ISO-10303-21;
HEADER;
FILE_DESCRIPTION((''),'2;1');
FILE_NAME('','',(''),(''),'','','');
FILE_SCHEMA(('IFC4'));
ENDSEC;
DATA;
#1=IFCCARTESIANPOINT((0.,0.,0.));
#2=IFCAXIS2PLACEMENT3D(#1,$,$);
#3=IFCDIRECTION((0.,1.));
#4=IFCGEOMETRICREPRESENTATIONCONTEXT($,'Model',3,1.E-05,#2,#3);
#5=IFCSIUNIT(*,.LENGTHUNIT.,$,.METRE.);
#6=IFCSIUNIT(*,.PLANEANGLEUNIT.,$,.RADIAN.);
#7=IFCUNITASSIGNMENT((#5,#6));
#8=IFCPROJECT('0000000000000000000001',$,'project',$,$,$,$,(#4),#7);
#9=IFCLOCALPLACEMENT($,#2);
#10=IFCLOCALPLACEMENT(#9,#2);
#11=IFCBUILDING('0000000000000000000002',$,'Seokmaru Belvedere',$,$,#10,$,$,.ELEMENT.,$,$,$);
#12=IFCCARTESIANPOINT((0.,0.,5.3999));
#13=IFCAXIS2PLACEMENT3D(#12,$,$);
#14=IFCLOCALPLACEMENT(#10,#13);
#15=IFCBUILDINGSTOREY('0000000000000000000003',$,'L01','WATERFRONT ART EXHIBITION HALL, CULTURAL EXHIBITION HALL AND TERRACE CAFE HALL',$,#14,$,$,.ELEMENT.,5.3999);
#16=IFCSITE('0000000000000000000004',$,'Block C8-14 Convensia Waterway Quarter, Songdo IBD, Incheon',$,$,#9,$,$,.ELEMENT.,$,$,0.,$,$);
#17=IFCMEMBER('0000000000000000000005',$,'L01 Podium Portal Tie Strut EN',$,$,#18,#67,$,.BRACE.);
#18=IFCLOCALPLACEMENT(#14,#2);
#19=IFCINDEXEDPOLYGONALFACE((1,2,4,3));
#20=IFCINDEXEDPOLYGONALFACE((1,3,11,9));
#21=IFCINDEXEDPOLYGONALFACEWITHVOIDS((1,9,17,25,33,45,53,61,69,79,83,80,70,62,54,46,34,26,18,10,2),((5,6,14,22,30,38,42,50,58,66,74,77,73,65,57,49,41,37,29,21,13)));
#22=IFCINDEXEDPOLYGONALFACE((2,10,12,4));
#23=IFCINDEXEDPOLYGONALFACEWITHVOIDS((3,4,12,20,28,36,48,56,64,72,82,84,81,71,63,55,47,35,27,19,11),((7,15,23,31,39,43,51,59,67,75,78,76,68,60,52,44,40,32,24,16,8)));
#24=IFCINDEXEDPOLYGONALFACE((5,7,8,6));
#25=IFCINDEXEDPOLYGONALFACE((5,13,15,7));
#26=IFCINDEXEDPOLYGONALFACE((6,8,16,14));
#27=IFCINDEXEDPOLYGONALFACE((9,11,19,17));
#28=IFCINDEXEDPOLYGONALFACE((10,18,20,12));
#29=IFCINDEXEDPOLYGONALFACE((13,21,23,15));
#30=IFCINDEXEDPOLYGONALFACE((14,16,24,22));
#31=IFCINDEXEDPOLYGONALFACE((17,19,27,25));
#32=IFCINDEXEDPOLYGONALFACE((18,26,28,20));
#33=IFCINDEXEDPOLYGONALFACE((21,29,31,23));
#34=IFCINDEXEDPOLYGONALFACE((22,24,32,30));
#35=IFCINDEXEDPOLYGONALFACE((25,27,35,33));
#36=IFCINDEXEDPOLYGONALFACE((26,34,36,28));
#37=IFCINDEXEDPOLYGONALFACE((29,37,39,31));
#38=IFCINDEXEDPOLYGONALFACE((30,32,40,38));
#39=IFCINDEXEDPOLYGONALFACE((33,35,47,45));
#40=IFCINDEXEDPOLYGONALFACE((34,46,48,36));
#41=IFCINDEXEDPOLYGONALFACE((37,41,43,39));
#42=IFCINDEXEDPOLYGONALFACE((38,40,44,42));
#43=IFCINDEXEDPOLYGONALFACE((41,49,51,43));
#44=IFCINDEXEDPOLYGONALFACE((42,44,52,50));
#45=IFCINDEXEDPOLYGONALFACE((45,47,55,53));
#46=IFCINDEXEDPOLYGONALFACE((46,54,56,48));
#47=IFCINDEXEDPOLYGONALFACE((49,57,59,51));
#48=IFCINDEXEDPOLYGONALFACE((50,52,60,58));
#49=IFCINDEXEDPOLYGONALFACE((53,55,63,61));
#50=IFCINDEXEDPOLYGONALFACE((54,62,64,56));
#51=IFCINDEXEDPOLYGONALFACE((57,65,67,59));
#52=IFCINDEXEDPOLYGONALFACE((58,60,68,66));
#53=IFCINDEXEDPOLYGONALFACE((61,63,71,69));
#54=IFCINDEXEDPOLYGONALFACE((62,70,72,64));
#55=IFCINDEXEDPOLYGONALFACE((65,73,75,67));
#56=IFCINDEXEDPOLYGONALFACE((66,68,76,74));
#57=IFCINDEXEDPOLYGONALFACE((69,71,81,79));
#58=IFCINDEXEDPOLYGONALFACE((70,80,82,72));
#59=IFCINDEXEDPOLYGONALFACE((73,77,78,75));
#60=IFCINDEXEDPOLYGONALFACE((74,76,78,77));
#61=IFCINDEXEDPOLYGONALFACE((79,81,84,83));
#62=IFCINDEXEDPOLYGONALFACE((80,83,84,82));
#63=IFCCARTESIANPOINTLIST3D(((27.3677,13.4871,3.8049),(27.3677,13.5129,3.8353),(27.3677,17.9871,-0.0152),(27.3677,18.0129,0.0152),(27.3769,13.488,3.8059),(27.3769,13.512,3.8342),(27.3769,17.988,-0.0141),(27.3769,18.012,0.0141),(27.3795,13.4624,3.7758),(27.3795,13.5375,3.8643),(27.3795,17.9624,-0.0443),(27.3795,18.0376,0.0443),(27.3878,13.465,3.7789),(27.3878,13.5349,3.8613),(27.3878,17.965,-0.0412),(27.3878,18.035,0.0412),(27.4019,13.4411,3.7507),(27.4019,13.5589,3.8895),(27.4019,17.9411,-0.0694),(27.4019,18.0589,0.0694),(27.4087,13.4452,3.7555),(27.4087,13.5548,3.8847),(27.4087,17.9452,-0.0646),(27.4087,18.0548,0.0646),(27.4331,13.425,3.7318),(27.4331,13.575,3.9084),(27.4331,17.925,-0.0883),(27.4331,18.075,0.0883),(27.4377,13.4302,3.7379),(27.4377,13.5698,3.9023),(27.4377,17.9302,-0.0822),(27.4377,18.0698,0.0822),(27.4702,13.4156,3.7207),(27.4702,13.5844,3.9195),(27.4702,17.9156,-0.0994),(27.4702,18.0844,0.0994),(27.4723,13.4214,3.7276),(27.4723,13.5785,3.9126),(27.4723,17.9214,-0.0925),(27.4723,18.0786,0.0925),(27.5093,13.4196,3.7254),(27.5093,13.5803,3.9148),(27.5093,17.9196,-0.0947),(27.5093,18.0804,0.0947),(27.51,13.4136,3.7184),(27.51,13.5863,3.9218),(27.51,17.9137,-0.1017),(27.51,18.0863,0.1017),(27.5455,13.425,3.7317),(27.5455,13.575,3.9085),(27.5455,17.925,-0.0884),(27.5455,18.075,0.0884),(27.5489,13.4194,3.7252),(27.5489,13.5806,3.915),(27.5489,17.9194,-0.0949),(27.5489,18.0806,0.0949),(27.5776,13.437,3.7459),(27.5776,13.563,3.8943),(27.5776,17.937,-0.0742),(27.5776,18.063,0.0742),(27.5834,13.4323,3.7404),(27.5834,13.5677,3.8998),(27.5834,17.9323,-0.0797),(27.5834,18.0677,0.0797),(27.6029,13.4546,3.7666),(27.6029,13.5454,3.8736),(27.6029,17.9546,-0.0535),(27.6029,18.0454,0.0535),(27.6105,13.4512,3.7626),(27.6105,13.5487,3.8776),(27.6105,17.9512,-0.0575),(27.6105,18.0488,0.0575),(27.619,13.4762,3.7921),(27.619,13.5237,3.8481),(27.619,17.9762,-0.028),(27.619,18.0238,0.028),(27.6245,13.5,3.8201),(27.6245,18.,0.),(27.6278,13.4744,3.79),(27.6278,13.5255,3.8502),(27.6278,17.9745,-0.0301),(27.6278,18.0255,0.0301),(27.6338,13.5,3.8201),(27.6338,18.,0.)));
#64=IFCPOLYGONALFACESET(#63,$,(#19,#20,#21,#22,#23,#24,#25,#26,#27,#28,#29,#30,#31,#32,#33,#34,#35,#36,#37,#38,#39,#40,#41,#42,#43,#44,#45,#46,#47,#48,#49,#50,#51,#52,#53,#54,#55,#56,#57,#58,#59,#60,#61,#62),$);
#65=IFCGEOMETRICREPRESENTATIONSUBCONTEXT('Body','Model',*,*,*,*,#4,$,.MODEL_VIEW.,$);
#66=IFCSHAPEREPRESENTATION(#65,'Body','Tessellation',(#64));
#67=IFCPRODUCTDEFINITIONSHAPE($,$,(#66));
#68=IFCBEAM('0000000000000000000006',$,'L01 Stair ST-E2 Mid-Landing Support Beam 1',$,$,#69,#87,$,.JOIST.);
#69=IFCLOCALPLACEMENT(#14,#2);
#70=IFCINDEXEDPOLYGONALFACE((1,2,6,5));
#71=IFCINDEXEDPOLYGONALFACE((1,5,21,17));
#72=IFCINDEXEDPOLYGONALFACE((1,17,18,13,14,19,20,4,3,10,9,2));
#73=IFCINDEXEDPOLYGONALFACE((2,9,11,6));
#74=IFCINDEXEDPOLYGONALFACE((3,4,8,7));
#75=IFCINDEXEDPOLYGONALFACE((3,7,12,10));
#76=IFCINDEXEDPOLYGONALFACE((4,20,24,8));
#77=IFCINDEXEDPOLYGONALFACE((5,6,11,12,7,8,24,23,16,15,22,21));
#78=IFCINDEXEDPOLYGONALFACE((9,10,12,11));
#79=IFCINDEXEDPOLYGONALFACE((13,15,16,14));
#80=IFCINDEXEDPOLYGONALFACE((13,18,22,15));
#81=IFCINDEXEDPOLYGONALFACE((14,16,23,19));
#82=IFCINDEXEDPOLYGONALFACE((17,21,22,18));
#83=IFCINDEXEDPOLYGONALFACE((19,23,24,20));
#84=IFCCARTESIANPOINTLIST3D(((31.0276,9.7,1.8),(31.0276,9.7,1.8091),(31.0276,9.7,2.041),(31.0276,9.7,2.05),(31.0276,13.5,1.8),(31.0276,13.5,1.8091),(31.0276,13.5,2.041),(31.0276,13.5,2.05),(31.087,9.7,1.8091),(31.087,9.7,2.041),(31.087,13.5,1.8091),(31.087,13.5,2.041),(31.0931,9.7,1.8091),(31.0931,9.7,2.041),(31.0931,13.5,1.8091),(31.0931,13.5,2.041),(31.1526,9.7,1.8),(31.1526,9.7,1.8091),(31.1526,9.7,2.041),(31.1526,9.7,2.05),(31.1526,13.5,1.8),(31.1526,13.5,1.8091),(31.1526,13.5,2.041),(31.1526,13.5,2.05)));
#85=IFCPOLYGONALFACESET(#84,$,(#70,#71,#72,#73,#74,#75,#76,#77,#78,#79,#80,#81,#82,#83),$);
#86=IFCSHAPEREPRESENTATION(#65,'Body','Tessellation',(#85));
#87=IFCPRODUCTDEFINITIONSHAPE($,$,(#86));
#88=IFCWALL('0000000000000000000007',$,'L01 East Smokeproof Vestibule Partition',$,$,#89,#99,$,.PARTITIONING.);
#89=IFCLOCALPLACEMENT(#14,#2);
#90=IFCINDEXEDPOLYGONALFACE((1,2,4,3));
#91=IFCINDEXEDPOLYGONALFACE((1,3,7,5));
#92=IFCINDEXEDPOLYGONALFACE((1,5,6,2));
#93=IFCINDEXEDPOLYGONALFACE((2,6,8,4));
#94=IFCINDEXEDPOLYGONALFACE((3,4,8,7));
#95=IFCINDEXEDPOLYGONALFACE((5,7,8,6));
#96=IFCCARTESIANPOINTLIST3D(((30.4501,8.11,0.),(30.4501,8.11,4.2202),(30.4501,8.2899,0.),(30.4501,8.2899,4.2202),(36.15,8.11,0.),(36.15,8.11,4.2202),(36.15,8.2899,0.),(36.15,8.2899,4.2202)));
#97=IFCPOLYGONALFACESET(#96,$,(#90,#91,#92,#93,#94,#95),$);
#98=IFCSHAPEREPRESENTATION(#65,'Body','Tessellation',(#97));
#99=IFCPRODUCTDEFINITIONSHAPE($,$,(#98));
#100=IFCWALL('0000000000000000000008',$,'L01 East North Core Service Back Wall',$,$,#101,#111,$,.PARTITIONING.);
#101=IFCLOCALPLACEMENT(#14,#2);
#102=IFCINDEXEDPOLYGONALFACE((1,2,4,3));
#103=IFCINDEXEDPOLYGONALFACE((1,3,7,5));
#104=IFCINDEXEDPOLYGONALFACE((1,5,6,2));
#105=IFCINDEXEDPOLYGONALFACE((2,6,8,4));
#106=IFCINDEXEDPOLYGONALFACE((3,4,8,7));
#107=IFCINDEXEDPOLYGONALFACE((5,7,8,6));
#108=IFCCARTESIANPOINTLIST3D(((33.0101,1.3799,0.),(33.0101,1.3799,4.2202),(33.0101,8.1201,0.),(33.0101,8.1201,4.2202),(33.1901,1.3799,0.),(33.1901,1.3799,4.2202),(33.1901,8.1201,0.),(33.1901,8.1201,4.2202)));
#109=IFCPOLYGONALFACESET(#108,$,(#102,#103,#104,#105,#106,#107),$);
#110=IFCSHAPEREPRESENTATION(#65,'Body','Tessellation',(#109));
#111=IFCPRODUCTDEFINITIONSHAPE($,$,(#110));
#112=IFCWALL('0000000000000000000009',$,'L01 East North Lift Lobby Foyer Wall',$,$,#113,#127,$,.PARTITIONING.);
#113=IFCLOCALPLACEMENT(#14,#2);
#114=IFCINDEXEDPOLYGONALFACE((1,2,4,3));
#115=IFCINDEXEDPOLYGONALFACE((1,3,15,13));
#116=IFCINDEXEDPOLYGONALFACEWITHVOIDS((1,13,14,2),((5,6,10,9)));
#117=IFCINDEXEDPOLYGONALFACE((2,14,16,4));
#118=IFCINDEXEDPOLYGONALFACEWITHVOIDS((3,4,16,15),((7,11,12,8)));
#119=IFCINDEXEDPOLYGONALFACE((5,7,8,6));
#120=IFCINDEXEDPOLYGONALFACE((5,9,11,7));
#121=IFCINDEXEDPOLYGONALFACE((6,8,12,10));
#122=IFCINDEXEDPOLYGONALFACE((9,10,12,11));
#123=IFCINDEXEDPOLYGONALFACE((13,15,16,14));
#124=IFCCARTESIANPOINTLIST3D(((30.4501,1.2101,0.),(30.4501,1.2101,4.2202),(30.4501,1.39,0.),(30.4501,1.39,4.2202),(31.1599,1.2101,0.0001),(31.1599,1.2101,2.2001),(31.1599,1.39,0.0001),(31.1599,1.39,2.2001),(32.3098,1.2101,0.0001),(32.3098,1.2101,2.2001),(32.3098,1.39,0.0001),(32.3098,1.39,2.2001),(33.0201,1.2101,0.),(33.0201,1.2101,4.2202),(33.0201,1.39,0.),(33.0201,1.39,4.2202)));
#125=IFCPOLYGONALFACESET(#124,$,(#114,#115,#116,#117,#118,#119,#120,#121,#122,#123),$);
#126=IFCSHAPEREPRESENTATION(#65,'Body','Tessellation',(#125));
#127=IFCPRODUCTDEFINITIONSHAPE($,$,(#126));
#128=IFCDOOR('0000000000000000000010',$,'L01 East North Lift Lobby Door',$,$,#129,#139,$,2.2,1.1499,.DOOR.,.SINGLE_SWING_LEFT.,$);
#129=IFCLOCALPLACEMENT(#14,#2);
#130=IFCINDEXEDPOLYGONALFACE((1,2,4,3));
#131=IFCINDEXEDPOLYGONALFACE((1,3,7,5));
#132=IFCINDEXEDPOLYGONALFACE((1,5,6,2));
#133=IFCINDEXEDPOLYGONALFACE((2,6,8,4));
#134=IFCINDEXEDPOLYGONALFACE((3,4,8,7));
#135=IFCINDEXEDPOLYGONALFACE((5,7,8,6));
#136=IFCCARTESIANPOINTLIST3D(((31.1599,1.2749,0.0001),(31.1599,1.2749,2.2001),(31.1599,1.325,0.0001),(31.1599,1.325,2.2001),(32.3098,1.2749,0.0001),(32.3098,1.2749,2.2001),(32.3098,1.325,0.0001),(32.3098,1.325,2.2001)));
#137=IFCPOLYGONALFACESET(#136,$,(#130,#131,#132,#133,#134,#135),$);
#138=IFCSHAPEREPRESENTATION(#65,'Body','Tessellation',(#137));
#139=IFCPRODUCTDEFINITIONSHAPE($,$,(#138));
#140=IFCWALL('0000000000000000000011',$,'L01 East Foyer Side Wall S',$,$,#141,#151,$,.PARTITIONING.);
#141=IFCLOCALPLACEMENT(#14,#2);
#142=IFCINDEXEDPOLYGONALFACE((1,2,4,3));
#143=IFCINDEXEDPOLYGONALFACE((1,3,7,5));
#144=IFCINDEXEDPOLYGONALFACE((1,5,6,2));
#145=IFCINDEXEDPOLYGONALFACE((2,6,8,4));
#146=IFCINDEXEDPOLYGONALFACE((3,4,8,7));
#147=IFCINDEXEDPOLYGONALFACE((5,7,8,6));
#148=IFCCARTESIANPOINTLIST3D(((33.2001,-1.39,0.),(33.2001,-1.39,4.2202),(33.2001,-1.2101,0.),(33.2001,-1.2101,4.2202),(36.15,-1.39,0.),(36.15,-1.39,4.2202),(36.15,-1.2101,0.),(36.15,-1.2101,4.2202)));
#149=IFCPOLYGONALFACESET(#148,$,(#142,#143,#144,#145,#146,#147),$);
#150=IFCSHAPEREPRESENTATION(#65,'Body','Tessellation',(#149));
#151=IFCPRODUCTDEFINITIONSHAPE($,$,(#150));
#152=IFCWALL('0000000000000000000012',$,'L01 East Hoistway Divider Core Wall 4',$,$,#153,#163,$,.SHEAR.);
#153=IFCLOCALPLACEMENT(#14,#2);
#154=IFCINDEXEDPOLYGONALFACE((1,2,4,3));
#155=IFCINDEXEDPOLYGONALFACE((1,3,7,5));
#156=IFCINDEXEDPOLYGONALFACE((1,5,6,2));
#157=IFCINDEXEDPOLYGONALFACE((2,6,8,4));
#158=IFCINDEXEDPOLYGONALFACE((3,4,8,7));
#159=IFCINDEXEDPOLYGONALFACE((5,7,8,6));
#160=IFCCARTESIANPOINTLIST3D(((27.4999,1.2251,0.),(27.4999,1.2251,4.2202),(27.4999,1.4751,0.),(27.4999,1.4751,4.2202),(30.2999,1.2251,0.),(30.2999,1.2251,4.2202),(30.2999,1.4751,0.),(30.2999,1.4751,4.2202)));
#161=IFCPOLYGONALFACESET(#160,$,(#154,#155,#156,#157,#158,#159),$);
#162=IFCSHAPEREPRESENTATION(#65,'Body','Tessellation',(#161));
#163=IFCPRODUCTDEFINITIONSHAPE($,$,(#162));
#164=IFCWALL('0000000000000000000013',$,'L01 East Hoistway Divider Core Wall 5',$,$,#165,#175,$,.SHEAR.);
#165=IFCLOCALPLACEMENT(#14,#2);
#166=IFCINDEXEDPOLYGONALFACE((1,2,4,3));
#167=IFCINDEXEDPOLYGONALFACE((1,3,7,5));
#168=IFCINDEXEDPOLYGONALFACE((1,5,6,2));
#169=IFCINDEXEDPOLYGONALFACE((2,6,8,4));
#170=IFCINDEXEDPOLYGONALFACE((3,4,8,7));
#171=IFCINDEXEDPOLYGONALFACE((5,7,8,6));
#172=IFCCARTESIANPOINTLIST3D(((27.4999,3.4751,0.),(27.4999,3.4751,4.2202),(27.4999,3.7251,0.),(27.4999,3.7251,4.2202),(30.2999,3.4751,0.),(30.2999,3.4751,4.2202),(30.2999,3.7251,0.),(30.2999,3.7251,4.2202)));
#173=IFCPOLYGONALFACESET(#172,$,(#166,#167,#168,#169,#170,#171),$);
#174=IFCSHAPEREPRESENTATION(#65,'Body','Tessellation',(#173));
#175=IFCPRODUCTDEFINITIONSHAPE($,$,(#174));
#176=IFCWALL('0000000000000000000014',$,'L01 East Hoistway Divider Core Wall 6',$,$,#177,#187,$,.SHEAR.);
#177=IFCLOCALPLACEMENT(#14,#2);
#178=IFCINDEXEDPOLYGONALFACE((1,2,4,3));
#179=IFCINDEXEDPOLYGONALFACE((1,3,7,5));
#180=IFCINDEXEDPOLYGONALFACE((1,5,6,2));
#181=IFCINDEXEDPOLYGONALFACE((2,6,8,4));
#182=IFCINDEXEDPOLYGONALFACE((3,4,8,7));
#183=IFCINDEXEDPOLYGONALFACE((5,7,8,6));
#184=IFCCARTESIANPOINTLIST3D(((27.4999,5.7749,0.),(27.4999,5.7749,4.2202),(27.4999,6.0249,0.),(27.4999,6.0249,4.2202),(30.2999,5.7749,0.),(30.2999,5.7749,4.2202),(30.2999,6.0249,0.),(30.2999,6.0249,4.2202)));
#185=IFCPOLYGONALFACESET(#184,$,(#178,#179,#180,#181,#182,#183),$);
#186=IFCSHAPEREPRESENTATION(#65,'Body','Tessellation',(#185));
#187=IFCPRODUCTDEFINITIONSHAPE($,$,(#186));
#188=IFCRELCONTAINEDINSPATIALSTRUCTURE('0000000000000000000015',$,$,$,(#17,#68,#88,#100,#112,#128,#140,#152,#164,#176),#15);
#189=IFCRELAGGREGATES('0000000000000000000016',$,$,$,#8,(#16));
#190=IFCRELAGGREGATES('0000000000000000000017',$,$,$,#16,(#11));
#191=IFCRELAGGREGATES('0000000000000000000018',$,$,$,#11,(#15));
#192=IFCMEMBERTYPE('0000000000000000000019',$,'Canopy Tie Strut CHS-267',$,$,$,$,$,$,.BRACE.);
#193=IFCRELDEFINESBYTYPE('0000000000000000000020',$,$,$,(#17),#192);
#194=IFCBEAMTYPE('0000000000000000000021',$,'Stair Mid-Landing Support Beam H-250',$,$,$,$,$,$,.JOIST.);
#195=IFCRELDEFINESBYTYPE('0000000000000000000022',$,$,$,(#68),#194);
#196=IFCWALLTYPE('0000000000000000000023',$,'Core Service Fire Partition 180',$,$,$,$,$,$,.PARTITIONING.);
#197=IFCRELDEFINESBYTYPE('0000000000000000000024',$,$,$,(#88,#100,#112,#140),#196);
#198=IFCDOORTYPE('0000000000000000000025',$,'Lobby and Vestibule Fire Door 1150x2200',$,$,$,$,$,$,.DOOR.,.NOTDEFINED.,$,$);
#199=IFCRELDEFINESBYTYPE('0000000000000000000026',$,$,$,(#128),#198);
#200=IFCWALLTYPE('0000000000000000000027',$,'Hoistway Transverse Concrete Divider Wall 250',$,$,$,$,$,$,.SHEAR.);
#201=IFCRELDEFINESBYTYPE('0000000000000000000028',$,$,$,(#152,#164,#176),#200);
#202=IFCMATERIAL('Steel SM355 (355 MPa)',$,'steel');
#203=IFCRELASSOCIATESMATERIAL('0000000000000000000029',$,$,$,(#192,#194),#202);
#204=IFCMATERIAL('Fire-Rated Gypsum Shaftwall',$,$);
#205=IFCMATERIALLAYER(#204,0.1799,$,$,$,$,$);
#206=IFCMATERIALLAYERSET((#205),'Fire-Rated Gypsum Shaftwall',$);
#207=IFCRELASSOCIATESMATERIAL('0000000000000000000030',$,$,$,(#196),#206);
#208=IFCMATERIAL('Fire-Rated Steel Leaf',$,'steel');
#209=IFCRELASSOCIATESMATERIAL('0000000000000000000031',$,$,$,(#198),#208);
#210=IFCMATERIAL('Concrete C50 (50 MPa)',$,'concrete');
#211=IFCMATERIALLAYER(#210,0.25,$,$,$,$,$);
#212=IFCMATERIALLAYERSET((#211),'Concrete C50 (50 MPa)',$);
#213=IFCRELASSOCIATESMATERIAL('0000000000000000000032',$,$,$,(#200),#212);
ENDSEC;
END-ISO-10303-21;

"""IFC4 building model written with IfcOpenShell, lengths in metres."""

from ifc_helpers import new_model, si_unit, direction, frame, frame_2d, origin, origin_2d, place, context, subcontext, project, spatial, rectangle, hollow_circle, i_section, extrude, source, transform, mapped, material, layer, layer_set, material_profile, profile_set, type_object, type_shapes, element, fill, save


model = new_model("IFC4")

# Units and contexts
model_context = context("Model", 3, precision=1e-05, world=origin(), true_north=direction((0.0, 1.0)))
body_context = subcontext(model_context, "Body", "Model", "MODEL_VIEW")
ifc_project = project(units=[si_unit("LENGTHUNIT", "METRE"), si_unit("PLANEANGLEUNIT", "RADIAN")], contexts=[model_context])

# Site, building, storey
site_placement = place(None, origin())
site = spatial("IfcSite", under=ifc_project, at=site_placement, Name="Block C8-14 Convensia Waterway Quarter, Songdo IBD, Incheon", CompositionType="ELEMENT", RefElevation=0.0)
building_placement = place(site_placement, origin())
building = spatial("IfcBuilding", under=site, at=building_placement, Name="Seokmaru Belvedere", CompositionType="ELEMENT")
storey_placement = place(building_placement, frame((0.0, 0.0, 5.3999)))
storey = spatial("IfcBuildingStorey", under=building, at=storey_placement, Name="L01", Description="WATERFRONT ART EXHIBITION HALL, CULTURAL EXHIBITION HALL AND TERRACE CAFE HALL", CompositionType="ELEMENT", Elevation=5.3999)

# Shared definitions
ifc_material_1 = material(Name="Concrete C50 (50 MPa)", Category="concrete")
ifc_material_2 = material(Name="Steel SM355 (355 MPa)", Category="steel")

# Member
ifc_material_profile_1 = material_profile(ifc_material_2, hollow_circle(Radius=0.1338, WallThickness=0.0093, at=origin_2d()), Name="CHS-267.4x9.3")
ifc_profile_set_1 = profile_set([ifc_material_profile_1], Name="Steel SM355 (355 MPa)")
member_type = type_object("IfcMemberType", Name="Canopy Tie Strut CHS-267", PredefinedType="BRACE", material=ifc_profile_set_1)
shared_shape_1 = source(origin(), body_context, "Body", "SweptSolid", [
    extrude(hollow_circle(Radius=0.1338, WallThickness=0.0093, at=origin_2d()), origin(), (0.0, 0.0, 1.0), 5.9028),
])
type_shapes(member_type, [shared_shape_1])
member_placement = place(storey_placement, frame((27.5, 18.0, 0.0), z_axis=(0.0, -0.762351, 0.647163), x_axis=(1.0, 0.0, 0.0)))
element("IfcMember", 1, at=member_placement, inside=storey, type_object=member_type, Name="L01 Podium Portal Tie Strut EN", PredefinedType="BRACE", context=body_context, shape_type="MappedRepresentation", body=[
    mapped(shared_shape_1, transform((0.0, 0.0, 0.0), scale=1.0)),
])

# Beam
ifc_material_profile_2 = material_profile(ifc_material_2, i_section(OverallWidth=0.125, OverallDepth=0.25, WebThickness=0.0061, FlangeThickness=0.009, at=origin_2d()), Name="H-250x125x6x9")
ifc_profile_set_2 = profile_set([ifc_material_profile_2], Name="Steel SM355 (355 MPa)")
beam_type_1 = type_object("IfcBeamType", Name="Stair Mid-Landing Support Beam H-250", PredefinedType="JOIST", material=ifc_profile_set_2)
shared_shape_2 = source(origin(), body_context, "Body", "SweptSolid", [
    extrude(i_section(OverallWidth=0.125, OverallDepth=0.25, WebThickness=0.0061, FlangeThickness=0.009, at=origin_2d()), origin(), (0.0, 0.0, 1.0), 3.8),
])
type_shapes(beam_type_1, [shared_shape_2])
beam_1_placement = place(storey_placement, frame((31.0901, 9.7, 1.925), z_axis=(0.0, 1.0, 0.0), x_axis=(-1.0, 0.0, 0.0)))
element("IfcBeam", 2, at=beam_1_placement, inside=storey, type_object=beam_type_1, Name="L01 Stair ST-E2 Mid-Landing Support Beam 1", PredefinedType="JOIST", context=body_context, shape_type="MappedRepresentation", body=[
    mapped(shared_shape_2, transform((0.0, 0.0, 0.0), scale=1.0)),
])

# Walls
ifc_material_3 = material(Name="Fire-Rated Gypsum Shaftwall")
ifc_layer_1 = layer(ifc_material_3, 0.1799)
ifc_layer_set_1 = layer_set([ifc_layer_1], Name="Fire-Rated Gypsum Shaftwall")
wall_type_1 = type_object("IfcWallType", Name="Core Service Fire Partition 180", PredefinedType="PARTITIONING", material=ifc_layer_set_1)
wall_1_placement = place(storey_placement, frame((30.45, 8.2, 0.0), z_axis=(0.0, 0.0, 1.0), x_axis=(1.0, 0.0, 0.0)))
element("IfcWall", 3, at=wall_1_placement, inside=storey, type_object=wall_type_1, Name="L01 East Smokeproof Vestibule Partition", PredefinedType="PARTITIONING", context=body_context, shape_type="SweptSolid", body=[
    extrude(rectangle(XDim=5.7, YDim=0.1799, at=frame_2d((2.8501, 0.0))), origin(), (0.0, 0.0, 1.0), 4.2202),
])
wall_2_placement = place(storey_placement, frame((33.1001, 1.3799, 0.0), z_axis=(0.0, 0.0, 1.0), x_axis=(0.0, 1.0, 0.0)))
element("IfcWall", 4, at=wall_2_placement, inside=storey, type_object=wall_type_1, Name="L01 East North Core Service Back Wall", PredefinedType="PARTITIONING", context=body_context, shape_type="SweptSolid", body=[
    extrude(rectangle(XDim=6.7402, YDim=0.1799, at=frame_2d((3.3701, 0.0))), origin(), (0.0, 0.0, 1.0), 4.2202),
])

# Wall, opening, door
wall_3_placement = place(storey_placement, frame((30.45, 1.3, 0.0), z_axis=(0.0, 0.0, 1.0), x_axis=(1.0, 0.0, 0.0)))
wall_3 = element("IfcWall", 5, at=wall_3_placement, inside=storey, type_object=wall_type_1, Name="L01 East North Lift Lobby Foyer Wall", PredefinedType="PARTITIONING", context=body_context, shape_type="SweptSolid", body=[
    extrude(rectangle(XDim=2.5701, YDim=0.1799, at=frame_2d((1.2852, 0.0))), origin(), (0.0, 0.0, 1.0), 4.2202),
])
opening_1_placement = place(wall_3_placement, frame((0.71, 0.0, 0.0)))
opening_1 = element("IfcOpeningElement", 6, at=opening_1_placement, cuts=wall_3, PredefinedType="OPENING", context=body_context, shape_type="SweptSolid", body=[
    extrude(rectangle(XDim=1.1499, YDim=2.2, at=frame_2d((0.575, 1.1001))), frame((0.0, 0.1001, 0.0), z_axis=(0.0, -1.0, 0.0), x_axis=(1.0, 0.0, 0.0)), (0.0, 0.0, 1.0), 0.2),
])
ifc_material_4 = material(Name="Fire-Rated Steel Leaf", Category="steel")
door_type_1 = type_object("IfcDoorType", Name="Lobby and Vestibule Fire Door 1150x2200", OperationType="NOTDEFINED", PredefinedType="DOOR", material=ifc_material_4)
shared_shape_3 = source(origin(), body_context, "Body", "SweptSolid", [
    extrude(rectangle(XDim=1.1499, YDim=2.2, at=frame_2d((0.575, 1.1001))), frame((0.0, 0.0249, 0.0), z_axis=(0.0, -1.0, 0.0), x_axis=(1.0, 0.0, 0.0)), (0.0, 0.0, 1.0), 0.05),
])
type_shapes(door_type_1, [shared_shape_3])
door_1_placement = place(opening_1_placement, origin())
door_1 = element("IfcDoor", 7, at=door_1_placement, inside=storey, type_object=door_type_1, Name="L01 East North Lift Lobby Door", OperationType="SINGLE_SWING_LEFT", OverallHeight=2.2, OverallWidth=1.1499, PredefinedType="DOOR", context=body_context, shape_type="MappedRepresentation", body=[
    mapped(shared_shape_3, transform((0.0, 0.0, 0.0), scale=1.0)),
])
fill(opening_1, door_1)

# Walls
wall_4_placement = place(storey_placement, frame((33.2, -1.3, 0.0), z_axis=(0.0, 0.0, 1.0), x_axis=(1.0, 0.0, 0.0)))
element("IfcWall", 8, at=wall_4_placement, inside=storey, type_object=wall_type_1, Name="L01 East Foyer Side Wall S", PredefinedType="PARTITIONING", context=body_context, shape_type="SweptSolid", body=[
    extrude(rectangle(XDim=2.95, YDim=0.1799, at=frame_2d((1.4751, 0.0))), origin(), (0.0, 0.0, 1.0), 4.2202),
])
ifc_layer_2 = layer(ifc_material_1, 0.25)
ifc_layer_set_2 = layer_set([ifc_layer_2], Name="Concrete C50 (50 MPa)")
wall_type_2 = type_object("IfcWallType", Name="Hoistway Transverse Concrete Divider Wall 250", PredefinedType="SHEAR", material=ifc_layer_set_2)
for number, where, z_axis, x_axis, name in (
    (9, (27.5, 1.3501, 0.0), (0.0, 0.0, 1.0), (1.0, 0.0, 0.0), "L01 East Hoistway Divider Core Wall 4"),
    (10, (27.5, 3.6001, 0.0), (0.0, 0.0, 1.0), (1.0, 0.0, 0.0), "L01 East Hoistway Divider Core Wall 5"),
    (11, (27.5, 5.8999, 0.0), (0.0, 0.0, 1.0), (1.0, 0.0, 0.0), "L01 East Hoistway Divider Core Wall 6"),
):
    element("IfcWall", number, at=place(storey_placement, frame(where, z_axis=z_axis, x_axis=x_axis)), inside=storey, type_object=wall_type_2, Name=name, PredefinedType="SHEAR", context=body_context, shape_type="SweptSolid", body=[
        extrude(rectangle(XDim=2.8, YDim=0.25, at=frame_2d((1.3999, 0.0))), origin(), (0.0, 0.0, 1.0), 4.2202),
    ])

save(model, "model.ifc")
